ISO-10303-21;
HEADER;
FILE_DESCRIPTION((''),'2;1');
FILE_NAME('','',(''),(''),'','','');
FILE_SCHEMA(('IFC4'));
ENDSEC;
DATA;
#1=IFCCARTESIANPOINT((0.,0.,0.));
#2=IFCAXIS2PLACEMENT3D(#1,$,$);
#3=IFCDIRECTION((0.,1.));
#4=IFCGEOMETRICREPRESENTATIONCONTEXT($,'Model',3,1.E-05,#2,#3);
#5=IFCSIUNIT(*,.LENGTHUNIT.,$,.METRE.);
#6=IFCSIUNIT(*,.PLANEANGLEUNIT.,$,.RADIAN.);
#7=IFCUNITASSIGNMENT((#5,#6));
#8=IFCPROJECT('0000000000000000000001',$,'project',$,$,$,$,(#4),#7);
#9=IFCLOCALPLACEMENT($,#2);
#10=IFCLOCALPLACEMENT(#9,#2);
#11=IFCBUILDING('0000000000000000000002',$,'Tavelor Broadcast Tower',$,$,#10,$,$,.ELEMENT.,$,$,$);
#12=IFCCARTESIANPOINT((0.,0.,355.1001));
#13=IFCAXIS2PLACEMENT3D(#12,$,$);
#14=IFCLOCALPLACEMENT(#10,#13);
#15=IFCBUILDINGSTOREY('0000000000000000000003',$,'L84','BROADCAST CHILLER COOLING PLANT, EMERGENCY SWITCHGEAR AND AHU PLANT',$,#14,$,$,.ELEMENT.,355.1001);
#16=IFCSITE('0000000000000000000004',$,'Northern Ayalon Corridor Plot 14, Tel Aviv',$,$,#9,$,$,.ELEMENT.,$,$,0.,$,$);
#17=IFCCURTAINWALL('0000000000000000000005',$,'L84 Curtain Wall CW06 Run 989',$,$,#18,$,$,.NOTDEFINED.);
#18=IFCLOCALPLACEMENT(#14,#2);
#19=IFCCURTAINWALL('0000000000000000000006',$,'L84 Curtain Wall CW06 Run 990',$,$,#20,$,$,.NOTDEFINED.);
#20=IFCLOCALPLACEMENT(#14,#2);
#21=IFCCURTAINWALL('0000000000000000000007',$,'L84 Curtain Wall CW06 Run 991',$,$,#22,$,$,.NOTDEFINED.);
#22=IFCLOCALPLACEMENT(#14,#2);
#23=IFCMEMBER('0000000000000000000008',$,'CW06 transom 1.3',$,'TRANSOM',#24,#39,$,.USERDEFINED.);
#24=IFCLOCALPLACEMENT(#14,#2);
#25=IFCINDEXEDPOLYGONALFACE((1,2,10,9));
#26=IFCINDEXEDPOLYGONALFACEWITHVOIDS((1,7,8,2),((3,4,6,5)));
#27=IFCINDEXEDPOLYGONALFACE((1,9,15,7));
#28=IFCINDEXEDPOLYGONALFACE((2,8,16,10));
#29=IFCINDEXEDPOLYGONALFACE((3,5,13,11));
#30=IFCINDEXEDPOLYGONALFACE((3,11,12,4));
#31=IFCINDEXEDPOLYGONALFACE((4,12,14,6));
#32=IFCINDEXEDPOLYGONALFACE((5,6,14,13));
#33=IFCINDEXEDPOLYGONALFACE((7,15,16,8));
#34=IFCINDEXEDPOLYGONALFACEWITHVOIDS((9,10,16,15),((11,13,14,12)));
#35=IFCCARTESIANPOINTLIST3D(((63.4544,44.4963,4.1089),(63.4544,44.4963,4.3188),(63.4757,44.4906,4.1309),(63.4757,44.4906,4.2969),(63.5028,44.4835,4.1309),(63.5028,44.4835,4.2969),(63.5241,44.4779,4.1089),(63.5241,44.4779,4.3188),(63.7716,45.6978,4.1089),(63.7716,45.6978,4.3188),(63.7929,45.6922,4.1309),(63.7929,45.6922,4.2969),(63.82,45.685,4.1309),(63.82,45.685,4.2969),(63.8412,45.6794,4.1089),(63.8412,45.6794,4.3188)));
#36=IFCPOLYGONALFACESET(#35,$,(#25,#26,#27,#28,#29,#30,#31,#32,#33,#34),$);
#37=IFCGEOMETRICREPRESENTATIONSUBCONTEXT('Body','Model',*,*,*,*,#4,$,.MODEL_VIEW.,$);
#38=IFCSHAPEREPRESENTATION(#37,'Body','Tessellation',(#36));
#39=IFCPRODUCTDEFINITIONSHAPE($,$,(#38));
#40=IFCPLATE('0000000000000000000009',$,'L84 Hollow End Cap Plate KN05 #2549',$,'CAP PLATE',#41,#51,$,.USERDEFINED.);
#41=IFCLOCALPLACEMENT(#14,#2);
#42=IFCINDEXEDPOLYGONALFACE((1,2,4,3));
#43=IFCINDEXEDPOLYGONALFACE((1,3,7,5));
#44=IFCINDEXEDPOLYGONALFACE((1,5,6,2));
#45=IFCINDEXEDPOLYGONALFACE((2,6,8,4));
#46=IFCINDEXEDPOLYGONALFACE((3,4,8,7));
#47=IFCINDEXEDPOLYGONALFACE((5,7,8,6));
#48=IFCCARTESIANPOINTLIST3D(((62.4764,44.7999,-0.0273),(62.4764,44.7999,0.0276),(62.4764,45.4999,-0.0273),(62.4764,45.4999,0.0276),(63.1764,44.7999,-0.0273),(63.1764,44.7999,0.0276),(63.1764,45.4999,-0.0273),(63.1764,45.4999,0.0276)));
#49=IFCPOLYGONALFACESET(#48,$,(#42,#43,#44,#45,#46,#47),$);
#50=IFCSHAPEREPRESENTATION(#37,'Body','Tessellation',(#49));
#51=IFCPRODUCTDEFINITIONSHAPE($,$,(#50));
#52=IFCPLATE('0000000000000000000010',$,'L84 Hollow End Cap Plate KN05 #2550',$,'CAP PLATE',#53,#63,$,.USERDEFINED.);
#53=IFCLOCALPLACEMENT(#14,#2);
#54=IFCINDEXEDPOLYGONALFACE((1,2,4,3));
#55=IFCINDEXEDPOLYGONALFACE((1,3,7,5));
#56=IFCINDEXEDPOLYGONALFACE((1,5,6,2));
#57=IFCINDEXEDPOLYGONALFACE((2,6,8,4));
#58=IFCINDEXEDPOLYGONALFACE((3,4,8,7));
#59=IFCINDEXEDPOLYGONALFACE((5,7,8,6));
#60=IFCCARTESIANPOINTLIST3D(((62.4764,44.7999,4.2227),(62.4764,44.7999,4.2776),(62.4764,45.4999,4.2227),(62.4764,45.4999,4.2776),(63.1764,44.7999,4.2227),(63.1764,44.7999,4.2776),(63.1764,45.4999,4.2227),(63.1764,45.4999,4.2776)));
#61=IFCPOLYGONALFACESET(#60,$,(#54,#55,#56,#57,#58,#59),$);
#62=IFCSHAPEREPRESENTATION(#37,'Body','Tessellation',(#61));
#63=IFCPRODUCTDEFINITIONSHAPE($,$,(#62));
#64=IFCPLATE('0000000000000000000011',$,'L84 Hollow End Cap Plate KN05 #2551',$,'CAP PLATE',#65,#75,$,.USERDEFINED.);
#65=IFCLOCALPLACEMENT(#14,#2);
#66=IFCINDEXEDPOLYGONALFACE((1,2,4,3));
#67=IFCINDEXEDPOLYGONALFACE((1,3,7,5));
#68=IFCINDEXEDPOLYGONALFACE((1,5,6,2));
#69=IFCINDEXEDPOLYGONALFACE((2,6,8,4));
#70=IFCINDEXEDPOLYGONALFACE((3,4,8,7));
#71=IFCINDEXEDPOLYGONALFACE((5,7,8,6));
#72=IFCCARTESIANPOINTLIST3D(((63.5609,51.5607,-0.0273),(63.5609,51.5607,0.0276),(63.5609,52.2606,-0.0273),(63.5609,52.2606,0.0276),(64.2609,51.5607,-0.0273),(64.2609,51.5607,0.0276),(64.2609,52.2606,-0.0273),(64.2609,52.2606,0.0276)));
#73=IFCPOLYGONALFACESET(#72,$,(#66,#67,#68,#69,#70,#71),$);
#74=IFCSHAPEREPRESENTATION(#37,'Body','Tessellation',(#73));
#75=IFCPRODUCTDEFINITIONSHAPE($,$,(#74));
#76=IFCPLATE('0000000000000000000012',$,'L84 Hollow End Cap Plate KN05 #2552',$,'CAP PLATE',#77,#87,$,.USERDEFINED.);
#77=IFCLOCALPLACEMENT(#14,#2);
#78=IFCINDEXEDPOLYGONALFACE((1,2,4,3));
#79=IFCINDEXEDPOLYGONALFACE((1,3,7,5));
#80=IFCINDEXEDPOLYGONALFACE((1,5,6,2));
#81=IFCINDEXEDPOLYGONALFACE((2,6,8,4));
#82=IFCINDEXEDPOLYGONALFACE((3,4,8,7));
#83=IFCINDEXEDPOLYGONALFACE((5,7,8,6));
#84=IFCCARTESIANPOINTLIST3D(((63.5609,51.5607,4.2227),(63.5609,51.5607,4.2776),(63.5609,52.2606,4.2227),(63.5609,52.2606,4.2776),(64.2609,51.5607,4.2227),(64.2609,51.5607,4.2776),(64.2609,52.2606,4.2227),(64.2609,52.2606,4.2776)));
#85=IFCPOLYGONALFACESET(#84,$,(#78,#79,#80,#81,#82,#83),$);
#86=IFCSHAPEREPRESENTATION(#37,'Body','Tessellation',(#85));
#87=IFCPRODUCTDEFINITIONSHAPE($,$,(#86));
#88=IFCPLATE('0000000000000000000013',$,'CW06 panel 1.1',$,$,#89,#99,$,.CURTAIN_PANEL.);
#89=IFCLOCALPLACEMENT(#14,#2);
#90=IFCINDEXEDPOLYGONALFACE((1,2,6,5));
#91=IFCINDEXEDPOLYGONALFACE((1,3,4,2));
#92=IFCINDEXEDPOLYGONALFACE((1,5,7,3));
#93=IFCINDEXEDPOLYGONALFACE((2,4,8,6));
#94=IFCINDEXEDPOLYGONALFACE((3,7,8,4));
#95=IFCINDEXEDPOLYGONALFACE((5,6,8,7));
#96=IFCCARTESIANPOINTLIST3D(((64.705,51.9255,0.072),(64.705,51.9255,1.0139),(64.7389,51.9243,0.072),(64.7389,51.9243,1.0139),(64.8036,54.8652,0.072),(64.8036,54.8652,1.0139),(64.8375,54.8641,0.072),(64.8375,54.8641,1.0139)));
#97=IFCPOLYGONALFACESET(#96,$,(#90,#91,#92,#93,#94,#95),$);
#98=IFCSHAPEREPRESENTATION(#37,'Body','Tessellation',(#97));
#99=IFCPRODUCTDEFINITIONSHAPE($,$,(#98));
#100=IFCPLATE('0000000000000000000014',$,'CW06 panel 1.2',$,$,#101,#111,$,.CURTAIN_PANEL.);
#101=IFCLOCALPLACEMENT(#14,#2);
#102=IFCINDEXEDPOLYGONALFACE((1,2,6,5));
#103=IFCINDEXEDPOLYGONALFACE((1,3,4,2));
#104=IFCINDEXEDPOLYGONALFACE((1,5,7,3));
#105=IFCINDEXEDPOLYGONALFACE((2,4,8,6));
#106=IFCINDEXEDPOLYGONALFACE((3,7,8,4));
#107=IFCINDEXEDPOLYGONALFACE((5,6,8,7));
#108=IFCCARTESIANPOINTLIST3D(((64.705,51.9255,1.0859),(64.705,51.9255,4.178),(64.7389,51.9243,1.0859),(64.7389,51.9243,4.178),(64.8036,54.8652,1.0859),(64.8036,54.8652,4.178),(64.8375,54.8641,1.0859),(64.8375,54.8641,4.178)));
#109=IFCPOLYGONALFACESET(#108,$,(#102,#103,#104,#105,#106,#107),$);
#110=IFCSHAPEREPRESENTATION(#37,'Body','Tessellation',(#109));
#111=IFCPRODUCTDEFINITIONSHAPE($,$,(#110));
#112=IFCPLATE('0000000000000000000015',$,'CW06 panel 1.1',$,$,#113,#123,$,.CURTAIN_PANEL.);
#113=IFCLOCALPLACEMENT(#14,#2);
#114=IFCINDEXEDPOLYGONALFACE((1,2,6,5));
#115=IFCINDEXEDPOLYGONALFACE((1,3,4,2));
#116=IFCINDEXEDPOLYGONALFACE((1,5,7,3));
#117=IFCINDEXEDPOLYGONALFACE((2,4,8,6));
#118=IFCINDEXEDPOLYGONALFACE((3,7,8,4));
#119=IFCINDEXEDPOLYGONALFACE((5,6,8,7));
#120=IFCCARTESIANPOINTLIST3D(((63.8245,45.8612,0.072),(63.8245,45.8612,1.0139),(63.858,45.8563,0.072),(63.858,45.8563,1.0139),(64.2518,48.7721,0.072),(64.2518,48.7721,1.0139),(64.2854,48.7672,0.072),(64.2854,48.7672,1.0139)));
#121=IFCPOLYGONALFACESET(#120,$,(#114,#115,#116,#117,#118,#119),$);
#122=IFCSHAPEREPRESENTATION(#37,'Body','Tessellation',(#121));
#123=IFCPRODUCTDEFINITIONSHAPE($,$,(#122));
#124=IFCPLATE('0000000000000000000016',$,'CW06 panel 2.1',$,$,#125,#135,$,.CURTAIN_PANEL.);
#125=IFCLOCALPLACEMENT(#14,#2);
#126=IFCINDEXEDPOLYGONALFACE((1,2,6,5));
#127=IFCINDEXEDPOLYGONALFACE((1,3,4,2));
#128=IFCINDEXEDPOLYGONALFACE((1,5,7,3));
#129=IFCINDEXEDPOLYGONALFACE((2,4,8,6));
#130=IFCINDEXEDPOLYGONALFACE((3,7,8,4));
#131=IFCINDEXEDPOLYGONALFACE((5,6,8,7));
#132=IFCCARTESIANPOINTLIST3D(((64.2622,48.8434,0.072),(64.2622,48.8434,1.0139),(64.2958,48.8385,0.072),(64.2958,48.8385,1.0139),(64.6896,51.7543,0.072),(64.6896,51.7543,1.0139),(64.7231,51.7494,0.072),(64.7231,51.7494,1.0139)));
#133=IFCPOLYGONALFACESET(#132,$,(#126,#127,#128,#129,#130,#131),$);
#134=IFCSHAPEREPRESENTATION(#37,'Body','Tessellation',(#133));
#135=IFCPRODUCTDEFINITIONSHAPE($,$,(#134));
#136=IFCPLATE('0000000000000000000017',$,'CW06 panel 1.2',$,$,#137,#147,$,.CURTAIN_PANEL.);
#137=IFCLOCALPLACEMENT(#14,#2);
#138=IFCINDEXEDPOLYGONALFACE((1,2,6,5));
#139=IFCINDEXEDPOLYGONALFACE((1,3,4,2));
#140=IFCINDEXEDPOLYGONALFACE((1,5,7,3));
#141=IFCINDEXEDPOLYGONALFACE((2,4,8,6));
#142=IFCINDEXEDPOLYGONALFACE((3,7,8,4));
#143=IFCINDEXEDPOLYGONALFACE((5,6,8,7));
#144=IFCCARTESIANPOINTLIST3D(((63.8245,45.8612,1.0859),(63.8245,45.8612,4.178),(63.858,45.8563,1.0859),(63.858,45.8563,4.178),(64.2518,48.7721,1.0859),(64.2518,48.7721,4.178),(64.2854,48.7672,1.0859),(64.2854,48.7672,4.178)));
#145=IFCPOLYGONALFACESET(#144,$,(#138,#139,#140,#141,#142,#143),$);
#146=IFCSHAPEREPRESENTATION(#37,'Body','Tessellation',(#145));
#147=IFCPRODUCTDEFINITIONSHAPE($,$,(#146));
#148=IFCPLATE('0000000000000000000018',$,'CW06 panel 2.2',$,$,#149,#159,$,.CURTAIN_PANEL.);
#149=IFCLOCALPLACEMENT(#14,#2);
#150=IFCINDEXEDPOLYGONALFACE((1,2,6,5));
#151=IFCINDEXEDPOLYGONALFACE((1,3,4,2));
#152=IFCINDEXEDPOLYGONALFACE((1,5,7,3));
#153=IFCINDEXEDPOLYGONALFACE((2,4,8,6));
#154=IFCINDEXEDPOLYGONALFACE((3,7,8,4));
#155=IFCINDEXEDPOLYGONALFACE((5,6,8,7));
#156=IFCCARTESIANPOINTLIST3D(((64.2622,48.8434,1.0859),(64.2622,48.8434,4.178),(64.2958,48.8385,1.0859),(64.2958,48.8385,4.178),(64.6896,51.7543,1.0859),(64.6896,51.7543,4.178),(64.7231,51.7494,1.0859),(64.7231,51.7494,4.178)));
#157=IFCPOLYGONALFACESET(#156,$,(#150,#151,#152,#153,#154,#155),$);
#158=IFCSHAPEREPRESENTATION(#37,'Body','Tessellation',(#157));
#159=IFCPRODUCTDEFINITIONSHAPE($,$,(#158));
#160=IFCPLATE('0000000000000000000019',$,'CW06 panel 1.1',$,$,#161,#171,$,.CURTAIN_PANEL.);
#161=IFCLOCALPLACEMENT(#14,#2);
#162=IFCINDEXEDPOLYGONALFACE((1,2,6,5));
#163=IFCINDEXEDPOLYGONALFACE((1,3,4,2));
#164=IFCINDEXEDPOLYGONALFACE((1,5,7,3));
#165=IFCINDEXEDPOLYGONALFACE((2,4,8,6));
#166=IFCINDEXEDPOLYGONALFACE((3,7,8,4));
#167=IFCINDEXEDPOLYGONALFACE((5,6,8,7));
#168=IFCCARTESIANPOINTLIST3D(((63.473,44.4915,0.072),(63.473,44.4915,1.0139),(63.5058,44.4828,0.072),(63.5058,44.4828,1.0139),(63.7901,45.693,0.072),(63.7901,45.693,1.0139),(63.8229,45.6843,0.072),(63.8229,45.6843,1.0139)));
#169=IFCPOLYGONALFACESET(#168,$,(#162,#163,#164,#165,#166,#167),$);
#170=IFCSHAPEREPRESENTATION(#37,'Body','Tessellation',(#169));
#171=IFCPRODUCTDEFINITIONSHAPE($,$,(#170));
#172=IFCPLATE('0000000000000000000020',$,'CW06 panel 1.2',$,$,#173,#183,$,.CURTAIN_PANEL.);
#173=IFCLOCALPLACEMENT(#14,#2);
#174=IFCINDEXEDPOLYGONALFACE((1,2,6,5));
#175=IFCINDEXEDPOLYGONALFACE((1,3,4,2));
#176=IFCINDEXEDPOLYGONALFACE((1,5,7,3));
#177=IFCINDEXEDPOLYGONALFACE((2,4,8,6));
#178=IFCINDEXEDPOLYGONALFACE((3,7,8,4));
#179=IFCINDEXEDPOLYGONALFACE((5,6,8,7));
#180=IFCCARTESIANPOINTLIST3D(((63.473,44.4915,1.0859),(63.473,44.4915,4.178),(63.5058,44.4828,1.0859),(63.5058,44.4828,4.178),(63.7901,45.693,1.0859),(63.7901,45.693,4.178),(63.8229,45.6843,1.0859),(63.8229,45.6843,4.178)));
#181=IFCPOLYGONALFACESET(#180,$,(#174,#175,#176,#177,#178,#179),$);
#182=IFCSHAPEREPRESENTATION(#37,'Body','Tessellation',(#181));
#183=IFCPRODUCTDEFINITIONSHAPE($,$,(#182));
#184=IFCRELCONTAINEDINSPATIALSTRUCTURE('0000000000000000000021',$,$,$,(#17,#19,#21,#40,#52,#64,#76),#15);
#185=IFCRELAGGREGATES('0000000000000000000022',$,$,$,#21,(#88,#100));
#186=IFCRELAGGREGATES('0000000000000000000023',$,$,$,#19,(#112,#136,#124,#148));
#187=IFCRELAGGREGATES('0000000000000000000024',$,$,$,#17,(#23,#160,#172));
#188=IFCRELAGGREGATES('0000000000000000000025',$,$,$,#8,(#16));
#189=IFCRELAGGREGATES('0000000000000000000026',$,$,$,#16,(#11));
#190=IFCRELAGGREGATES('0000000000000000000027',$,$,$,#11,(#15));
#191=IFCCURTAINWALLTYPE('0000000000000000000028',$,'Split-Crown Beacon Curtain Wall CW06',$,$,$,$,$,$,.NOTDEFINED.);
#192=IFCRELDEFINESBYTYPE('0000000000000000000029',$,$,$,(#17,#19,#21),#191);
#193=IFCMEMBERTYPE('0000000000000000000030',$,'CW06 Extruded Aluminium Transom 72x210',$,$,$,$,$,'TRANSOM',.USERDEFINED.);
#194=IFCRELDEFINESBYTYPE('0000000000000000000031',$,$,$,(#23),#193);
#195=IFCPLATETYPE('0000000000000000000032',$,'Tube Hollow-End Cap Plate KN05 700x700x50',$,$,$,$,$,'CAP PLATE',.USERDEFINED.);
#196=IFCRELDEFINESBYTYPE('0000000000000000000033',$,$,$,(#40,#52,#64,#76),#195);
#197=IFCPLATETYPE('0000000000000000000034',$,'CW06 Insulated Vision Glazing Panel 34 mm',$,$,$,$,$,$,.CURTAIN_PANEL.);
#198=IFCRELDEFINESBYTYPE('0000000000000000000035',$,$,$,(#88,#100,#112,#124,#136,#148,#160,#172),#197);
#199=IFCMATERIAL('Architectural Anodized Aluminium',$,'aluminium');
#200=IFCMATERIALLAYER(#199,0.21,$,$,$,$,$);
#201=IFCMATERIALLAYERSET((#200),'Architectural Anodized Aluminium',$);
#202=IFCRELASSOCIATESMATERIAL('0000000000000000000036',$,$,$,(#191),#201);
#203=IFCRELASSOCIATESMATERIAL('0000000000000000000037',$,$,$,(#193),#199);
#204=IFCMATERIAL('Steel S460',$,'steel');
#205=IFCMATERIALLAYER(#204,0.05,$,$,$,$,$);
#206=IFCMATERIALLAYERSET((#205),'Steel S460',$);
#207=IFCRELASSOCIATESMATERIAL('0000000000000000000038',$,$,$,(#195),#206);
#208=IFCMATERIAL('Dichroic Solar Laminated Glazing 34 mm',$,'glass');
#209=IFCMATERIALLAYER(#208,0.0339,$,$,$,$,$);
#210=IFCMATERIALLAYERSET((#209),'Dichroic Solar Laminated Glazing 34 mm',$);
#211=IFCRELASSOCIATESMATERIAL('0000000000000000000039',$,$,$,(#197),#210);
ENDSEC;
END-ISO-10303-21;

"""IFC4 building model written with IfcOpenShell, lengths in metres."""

from ifc_helpers import new_model, si_unit, direction, frame, origin, origin_2d, place, context, subcontext, project, spatial, rectangle, hollow_rectangle, extrude, source, transform, mapped, material, layer, layer_set, material_profile, profile_set, type_object, type_shapes, element, aggregate, save


model = new_model("IFC4")

# Units and contexts
model_context = context("Model", 3, precision=1e-05, world=origin(), true_north=direction((0.0, 1.0)))
body_context = subcontext(model_context, "Body", "Model", "MODEL_VIEW")
ifc_project = project(units=[si_unit("LENGTHUNIT", "METRE"), si_unit("PLANEANGLEUNIT", "RADIAN")], contexts=[model_context])

# Site, building, storey
site_placement = place(None, origin())
site = spatial("IfcSite", under=ifc_project, at=site_placement, Name="Northern Ayalon Corridor Plot 14, Tel Aviv", CompositionType="ELEMENT", RefElevation=0.0)
building_placement = place(site_placement, origin())
building = spatial("IfcBuilding", under=site, at=building_placement, Name="Tavelor Broadcast Tower", CompositionType="ELEMENT")
storey_placement = place(building_placement, frame((0.0, 0.0, 355.1001)))
storey = spatial("IfcBuildingStorey", under=building, at=storey_placement, Name="L84", Description="BROADCAST CHILLER COOLING PLANT, EMERGENCY SWITCHGEAR AND AHU PLANT", CompositionType="ELEMENT", Elevation=355.1001)

# Curtain walls
ifc_material_1 = material(Name="Architectural Anodized Aluminium", Category="aluminium")
ifc_layer_1 = layer(ifc_material_1, 0.21)
ifc_layer_set_1 = layer_set([ifc_layer_1], Name="Architectural Anodized Aluminium")
curtain_wall_type = type_object("IfcCurtainWallType", Name="Split-Crown Beacon Curtain Wall CW06", PredefinedType="NOTDEFINED", material=ifc_layer_set_1)
curtain_wall_1_placement = place(storey_placement, origin())
curtain_wall_1 = element("IfcCurtainWall", 1, at=curtain_wall_1_placement, inside=storey, type_object=curtain_wall_type, Name="L84 Curtain Wall CW06 Run 989", PredefinedType="NOTDEFINED")
curtain_wall_2_placement = place(storey_placement, origin())
curtain_wall_2 = element("IfcCurtainWall", 2, at=curtain_wall_2_placement, inside=storey, type_object=curtain_wall_type, Name="L84 Curtain Wall CW06 Run 990", PredefinedType="NOTDEFINED")
curtain_wall_3_placement = place(storey_placement, origin())
curtain_wall_3 = element("IfcCurtainWall", 3, at=curtain_wall_3_placement, inside=storey, type_object=curtain_wall_type, Name="L84 Curtain Wall CW06 Run 991", PredefinedType="NOTDEFINED")
ifc_material_profile_1 = material_profile(ifc_material_1, hollow_rectangle(XDim=0.072, YDim=0.21, WallThickness=0.022, at=origin_2d()), Name="RHS 72x210x22")
ifc_profile_set_1 = profile_set([ifc_material_profile_1], Name="Architectural Anodized Aluminium")
member_type_1 = type_object("IfcMemberType", Name="CW06 Extruded Aluminium Transom 72x210", ElementType="TRANSOM", PredefinedType="USERDEFINED", material=ifc_profile_set_1)

# Member
shared_shape_1 = source(origin(), body_context, "Body", "SweptSolid", [
    extrude(hollow_rectangle(XDim=0.072, YDim=0.21, WallThickness=0.022, at=origin_2d()), origin(), (0.0, 0.0, 1.0), 1.2427),
])
member_1_placement = place(storey_placement, frame((63.4893, 44.4871, 4.2139), z_axis=(0.255228, 0.966881, 0.0), x_axis=(-0.966881, 0.255228, 0.0)))
member_1 = element("IfcMember", 4, at=member_1_placement, type_object=member_type_1, Name="CW06 transom 1.3", ObjectType="TRANSOM", PredefinedType="USERDEFINED", context=body_context, shape_type="MappedRepresentation", body=[
    mapped(shared_shape_1, transform((0.0, 0.0, 0.0), scale=1.0)),
])

# Plates
ifc_material_2 = material(Name="Steel S460", Category="steel")
ifc_layer_2 = layer(ifc_material_2, 0.05)
ifc_layer_set_2 = layer_set([ifc_layer_2], Name="Steel S460")
plate_type_1 = type_object("IfcPlateType", Name="Tube Hollow-End Cap Plate KN05 700x700x50", ElementType="CAP PLATE", PredefinedType="USERDEFINED", material=ifc_layer_set_2)
shared_shape_2 = source(origin(), body_context, "Body", "SweptSolid", [
    extrude(rectangle(XDim=0.7, YDim=0.7, at=origin_2d()), origin(), (0.0, 0.0, 1.0), 0.0549),
])
type_shapes(plate_type_1, [shared_shape_2])
for number, where, z_axis, x_axis, name in (
    (5, (62.8264, 45.1499, -0.0273), (0.0, 0.0, 1.0), (1.0, 0.0, 0.0), "L84 Hollow End Cap Plate KN05 #2549"),
    (6, (62.8264, 45.1499, 4.2227), (0.0, 0.0, 1.0), (1.0, 0.0, 0.0), "L84 Hollow End Cap Plate KN05 #2550"),
    (7, (63.9109, 51.9106, -0.0273), (0.0, 0.0, 1.0), (1.0, 0.0, 0.0), "L84 Hollow End Cap Plate KN05 #2551"),
    (8, (63.9109, 51.9106, 4.2227), (0.0, 0.0, 1.0), (1.0, 0.0, 0.0), "L84 Hollow End Cap Plate KN05 #2552"),
):
    element("IfcPlate", number, at=place(storey_placement, frame(where, z_axis=z_axis, x_axis=x_axis)), inside=storey, type_object=plate_type_1, Name=name, ObjectType="CAP PLATE", PredefinedType="USERDEFINED", context=body_context, shape_type="MappedRepresentation", body=[
        mapped(shared_shape_2, transform((0.0, 0.0, 0.0), scale=1.0)),
    ])

# Plates
ifc_material_3 = material(Name="Dichroic Solar Laminated Glazing 34 mm", Category="glass")
ifc_layer_3 = layer(ifc_material_3, 0.0339)
ifc_layer_set_3 = layer_set([ifc_layer_3], Name="Dichroic Solar Laminated Glazing 34 mm")
plate_type_2 = type_object("IfcPlateType", Name="CW06 Insulated Vision Glazing Panel 34 mm", PredefinedType="CURTAIN_PANEL", material=ifc_layer_set_3)
shared_shape_3 = source(origin(), body_context, "Body", "SweptSolid", [
    extrude(rectangle(XDim=2.9414, YDim=0.0339, at=origin_2d()), origin(), (0.0, 0.0, 1.0), 0.9419),
])
plate_1_placement = place(storey_placement, frame((64.7712, 53.3948, 0.072), z_axis=(0.0, 0.0, 1.0), x_axis=(0.033514, 0.999438, 0.0)))
plate_1 = element("IfcPlate", 9, at=plate_1_placement, type_object=plate_type_2, Name="CW06 panel 1.1", PredefinedType="CURTAIN_PANEL", context=body_context, shape_type="MappedRepresentation", body=[
    mapped(shared_shape_3, transform((0.0, 0.0, 0.0), scale=1.0)),
])
shared_shape_4 = source(origin(), body_context, "Body", "SweptSolid", [
    extrude(rectangle(XDim=2.9414, YDim=0.0339, at=origin_2d()), origin(), (0.0, 0.0, 1.0), 3.092),
])
plate_2_placement = place(storey_placement, frame((64.7712, 53.3948, 1.0859), z_axis=(0.0, 0.0, 1.0), x_axis=(0.033514, 0.999438, 0.0)))
plate_2 = element("IfcPlate", 10, at=plate_2_placement, type_object=plate_type_2, Name="CW06 panel 1.2", PredefinedType="CURTAIN_PANEL", context=body_context, shape_type="MappedRepresentation", body=[
    mapped(shared_shape_4, transform((0.0, 0.0, 0.0), scale=1.0)),
])
aggregate(curtain_wall_3, [plate_1, plate_2])
shared_shape_5 = source(origin(), body_context, "Body", "SweptSolid", [
    extrude(rectangle(XDim=2.9421, YDim=0.0339, at=origin_2d()), origin(), (0.0, 0.0, 1.0), 0.9419),
])
plate_3_placement = place(storey_placement, frame((64.0549, 47.3142, 0.072), z_axis=(0.0, 0.0, 1.0), x_axis=(0.145258, 0.989394, 0.0)))
plate_3 = element("IfcPlate", 11, at=plate_3_placement, type_object=plate_type_2, Name="CW06 panel 1.1", PredefinedType="CURTAIN_PANEL", context=body_context, shape_type="MappedRepresentation", body=[
    mapped(shared_shape_5, transform((0.0, 0.0, 0.0), scale=1.0)),
])
plate_4_placement = place(storey_placement, frame((64.4927, 50.2964, 0.072), z_axis=(0.0, 0.0, 1.0), x_axis=(0.145258, 0.989394, 0.0)))
plate_4 = element("IfcPlate", 12, at=plate_4_placement, type_object=plate_type_2, Name="CW06 panel 2.1", PredefinedType="CURTAIN_PANEL", context=body_context, shape_type="MappedRepresentation", body=[
    mapped(shared_shape_5, transform((0.0, 0.0, 0.0), scale=1.0)),
])
shared_shape_6 = source(origin(), body_context, "Body", "SweptSolid", [
    extrude(rectangle(XDim=2.9421, YDim=0.0339, at=origin_2d()), origin(), (0.0, 0.0, 1.0), 3.092),
])
plate_5_placement = place(storey_placement, frame((64.0549, 47.3142, 1.0859), z_axis=(0.0, 0.0, 1.0), x_axis=(0.145258, 0.989394, 0.0)))
plate_5 = element("IfcPlate", 13, at=plate_5_placement, type_object=plate_type_2, Name="CW06 panel 1.2", PredefinedType="CURTAIN_PANEL", context=body_context, shape_type="MappedRepresentation", body=[
    mapped(shared_shape_6, transform((0.0, 0.0, 0.0), scale=1.0)),
])
plate_6_placement = place(storey_placement, frame((64.4927, 50.2964, 1.0859), z_axis=(0.0, 0.0, 1.0), x_axis=(0.145258, 0.989394, 0.0)))
plate_6 = element("IfcPlate", 14, at=plate_6_placement, type_object=plate_type_2, Name="CW06 panel 2.2", PredefinedType="CURTAIN_PANEL", context=body_context, shape_type="MappedRepresentation", body=[
    mapped(shared_shape_6, transform((0.0, 0.0, 0.0), scale=1.0)),
])
aggregate(curtain_wall_2, [plate_3, plate_5, plate_4, plate_6])
shared_shape_7 = source(origin(), body_context, "Body", "SweptSolid", [
    extrude(rectangle(XDim=1.2427, YDim=0.0339, at=origin_2d()), origin(), (0.0, 0.0, 1.0), 0.9419),
])
plate_7_placement = place(storey_placement, frame((63.6479, 45.0879, 0.072), z_axis=(0.0, 0.0, 1.0), x_axis=(0.255207, 0.966887, 0.0)))
plate_7 = element("IfcPlate", 15, at=plate_7_placement, type_object=plate_type_2, Name="CW06 panel 1.1", PredefinedType="CURTAIN_PANEL", context=body_context, shape_type="MappedRepresentation", body=[
    mapped(shared_shape_7, transform((0.0, 0.0, 0.0), scale=1.0)),
])
shared_shape_8 = source(origin(), body_context, "Body", "SweptSolid", [
    extrude(rectangle(XDim=1.2427, YDim=0.0339, at=origin_2d()), origin(), (0.0, 0.0, 1.0), 3.092),
])
type_shapes(plate_type_2, [shared_shape_3, shared_shape_4, shared_shape_5, shared_shape_6, shared_shape_7, shared_shape_8])
plate_8_placement = place(storey_placement, frame((63.6479, 45.0879, 1.0859), z_axis=(0.0, 0.0, 1.0), x_axis=(0.255207, 0.966887, 0.0)))
plate_8 = element("IfcPlate", 16, at=plate_8_placement, type_object=plate_type_2, Name="CW06 panel 1.2", PredefinedType="CURTAIN_PANEL", context=body_context, shape_type="MappedRepresentation", body=[
    mapped(shared_shape_8, transform((0.0, 0.0, 0.0), scale=1.0)),
])
aggregate(curtain_wall_1, [member_1, plate_7, plate_8])

save(model, "model.ifc")
